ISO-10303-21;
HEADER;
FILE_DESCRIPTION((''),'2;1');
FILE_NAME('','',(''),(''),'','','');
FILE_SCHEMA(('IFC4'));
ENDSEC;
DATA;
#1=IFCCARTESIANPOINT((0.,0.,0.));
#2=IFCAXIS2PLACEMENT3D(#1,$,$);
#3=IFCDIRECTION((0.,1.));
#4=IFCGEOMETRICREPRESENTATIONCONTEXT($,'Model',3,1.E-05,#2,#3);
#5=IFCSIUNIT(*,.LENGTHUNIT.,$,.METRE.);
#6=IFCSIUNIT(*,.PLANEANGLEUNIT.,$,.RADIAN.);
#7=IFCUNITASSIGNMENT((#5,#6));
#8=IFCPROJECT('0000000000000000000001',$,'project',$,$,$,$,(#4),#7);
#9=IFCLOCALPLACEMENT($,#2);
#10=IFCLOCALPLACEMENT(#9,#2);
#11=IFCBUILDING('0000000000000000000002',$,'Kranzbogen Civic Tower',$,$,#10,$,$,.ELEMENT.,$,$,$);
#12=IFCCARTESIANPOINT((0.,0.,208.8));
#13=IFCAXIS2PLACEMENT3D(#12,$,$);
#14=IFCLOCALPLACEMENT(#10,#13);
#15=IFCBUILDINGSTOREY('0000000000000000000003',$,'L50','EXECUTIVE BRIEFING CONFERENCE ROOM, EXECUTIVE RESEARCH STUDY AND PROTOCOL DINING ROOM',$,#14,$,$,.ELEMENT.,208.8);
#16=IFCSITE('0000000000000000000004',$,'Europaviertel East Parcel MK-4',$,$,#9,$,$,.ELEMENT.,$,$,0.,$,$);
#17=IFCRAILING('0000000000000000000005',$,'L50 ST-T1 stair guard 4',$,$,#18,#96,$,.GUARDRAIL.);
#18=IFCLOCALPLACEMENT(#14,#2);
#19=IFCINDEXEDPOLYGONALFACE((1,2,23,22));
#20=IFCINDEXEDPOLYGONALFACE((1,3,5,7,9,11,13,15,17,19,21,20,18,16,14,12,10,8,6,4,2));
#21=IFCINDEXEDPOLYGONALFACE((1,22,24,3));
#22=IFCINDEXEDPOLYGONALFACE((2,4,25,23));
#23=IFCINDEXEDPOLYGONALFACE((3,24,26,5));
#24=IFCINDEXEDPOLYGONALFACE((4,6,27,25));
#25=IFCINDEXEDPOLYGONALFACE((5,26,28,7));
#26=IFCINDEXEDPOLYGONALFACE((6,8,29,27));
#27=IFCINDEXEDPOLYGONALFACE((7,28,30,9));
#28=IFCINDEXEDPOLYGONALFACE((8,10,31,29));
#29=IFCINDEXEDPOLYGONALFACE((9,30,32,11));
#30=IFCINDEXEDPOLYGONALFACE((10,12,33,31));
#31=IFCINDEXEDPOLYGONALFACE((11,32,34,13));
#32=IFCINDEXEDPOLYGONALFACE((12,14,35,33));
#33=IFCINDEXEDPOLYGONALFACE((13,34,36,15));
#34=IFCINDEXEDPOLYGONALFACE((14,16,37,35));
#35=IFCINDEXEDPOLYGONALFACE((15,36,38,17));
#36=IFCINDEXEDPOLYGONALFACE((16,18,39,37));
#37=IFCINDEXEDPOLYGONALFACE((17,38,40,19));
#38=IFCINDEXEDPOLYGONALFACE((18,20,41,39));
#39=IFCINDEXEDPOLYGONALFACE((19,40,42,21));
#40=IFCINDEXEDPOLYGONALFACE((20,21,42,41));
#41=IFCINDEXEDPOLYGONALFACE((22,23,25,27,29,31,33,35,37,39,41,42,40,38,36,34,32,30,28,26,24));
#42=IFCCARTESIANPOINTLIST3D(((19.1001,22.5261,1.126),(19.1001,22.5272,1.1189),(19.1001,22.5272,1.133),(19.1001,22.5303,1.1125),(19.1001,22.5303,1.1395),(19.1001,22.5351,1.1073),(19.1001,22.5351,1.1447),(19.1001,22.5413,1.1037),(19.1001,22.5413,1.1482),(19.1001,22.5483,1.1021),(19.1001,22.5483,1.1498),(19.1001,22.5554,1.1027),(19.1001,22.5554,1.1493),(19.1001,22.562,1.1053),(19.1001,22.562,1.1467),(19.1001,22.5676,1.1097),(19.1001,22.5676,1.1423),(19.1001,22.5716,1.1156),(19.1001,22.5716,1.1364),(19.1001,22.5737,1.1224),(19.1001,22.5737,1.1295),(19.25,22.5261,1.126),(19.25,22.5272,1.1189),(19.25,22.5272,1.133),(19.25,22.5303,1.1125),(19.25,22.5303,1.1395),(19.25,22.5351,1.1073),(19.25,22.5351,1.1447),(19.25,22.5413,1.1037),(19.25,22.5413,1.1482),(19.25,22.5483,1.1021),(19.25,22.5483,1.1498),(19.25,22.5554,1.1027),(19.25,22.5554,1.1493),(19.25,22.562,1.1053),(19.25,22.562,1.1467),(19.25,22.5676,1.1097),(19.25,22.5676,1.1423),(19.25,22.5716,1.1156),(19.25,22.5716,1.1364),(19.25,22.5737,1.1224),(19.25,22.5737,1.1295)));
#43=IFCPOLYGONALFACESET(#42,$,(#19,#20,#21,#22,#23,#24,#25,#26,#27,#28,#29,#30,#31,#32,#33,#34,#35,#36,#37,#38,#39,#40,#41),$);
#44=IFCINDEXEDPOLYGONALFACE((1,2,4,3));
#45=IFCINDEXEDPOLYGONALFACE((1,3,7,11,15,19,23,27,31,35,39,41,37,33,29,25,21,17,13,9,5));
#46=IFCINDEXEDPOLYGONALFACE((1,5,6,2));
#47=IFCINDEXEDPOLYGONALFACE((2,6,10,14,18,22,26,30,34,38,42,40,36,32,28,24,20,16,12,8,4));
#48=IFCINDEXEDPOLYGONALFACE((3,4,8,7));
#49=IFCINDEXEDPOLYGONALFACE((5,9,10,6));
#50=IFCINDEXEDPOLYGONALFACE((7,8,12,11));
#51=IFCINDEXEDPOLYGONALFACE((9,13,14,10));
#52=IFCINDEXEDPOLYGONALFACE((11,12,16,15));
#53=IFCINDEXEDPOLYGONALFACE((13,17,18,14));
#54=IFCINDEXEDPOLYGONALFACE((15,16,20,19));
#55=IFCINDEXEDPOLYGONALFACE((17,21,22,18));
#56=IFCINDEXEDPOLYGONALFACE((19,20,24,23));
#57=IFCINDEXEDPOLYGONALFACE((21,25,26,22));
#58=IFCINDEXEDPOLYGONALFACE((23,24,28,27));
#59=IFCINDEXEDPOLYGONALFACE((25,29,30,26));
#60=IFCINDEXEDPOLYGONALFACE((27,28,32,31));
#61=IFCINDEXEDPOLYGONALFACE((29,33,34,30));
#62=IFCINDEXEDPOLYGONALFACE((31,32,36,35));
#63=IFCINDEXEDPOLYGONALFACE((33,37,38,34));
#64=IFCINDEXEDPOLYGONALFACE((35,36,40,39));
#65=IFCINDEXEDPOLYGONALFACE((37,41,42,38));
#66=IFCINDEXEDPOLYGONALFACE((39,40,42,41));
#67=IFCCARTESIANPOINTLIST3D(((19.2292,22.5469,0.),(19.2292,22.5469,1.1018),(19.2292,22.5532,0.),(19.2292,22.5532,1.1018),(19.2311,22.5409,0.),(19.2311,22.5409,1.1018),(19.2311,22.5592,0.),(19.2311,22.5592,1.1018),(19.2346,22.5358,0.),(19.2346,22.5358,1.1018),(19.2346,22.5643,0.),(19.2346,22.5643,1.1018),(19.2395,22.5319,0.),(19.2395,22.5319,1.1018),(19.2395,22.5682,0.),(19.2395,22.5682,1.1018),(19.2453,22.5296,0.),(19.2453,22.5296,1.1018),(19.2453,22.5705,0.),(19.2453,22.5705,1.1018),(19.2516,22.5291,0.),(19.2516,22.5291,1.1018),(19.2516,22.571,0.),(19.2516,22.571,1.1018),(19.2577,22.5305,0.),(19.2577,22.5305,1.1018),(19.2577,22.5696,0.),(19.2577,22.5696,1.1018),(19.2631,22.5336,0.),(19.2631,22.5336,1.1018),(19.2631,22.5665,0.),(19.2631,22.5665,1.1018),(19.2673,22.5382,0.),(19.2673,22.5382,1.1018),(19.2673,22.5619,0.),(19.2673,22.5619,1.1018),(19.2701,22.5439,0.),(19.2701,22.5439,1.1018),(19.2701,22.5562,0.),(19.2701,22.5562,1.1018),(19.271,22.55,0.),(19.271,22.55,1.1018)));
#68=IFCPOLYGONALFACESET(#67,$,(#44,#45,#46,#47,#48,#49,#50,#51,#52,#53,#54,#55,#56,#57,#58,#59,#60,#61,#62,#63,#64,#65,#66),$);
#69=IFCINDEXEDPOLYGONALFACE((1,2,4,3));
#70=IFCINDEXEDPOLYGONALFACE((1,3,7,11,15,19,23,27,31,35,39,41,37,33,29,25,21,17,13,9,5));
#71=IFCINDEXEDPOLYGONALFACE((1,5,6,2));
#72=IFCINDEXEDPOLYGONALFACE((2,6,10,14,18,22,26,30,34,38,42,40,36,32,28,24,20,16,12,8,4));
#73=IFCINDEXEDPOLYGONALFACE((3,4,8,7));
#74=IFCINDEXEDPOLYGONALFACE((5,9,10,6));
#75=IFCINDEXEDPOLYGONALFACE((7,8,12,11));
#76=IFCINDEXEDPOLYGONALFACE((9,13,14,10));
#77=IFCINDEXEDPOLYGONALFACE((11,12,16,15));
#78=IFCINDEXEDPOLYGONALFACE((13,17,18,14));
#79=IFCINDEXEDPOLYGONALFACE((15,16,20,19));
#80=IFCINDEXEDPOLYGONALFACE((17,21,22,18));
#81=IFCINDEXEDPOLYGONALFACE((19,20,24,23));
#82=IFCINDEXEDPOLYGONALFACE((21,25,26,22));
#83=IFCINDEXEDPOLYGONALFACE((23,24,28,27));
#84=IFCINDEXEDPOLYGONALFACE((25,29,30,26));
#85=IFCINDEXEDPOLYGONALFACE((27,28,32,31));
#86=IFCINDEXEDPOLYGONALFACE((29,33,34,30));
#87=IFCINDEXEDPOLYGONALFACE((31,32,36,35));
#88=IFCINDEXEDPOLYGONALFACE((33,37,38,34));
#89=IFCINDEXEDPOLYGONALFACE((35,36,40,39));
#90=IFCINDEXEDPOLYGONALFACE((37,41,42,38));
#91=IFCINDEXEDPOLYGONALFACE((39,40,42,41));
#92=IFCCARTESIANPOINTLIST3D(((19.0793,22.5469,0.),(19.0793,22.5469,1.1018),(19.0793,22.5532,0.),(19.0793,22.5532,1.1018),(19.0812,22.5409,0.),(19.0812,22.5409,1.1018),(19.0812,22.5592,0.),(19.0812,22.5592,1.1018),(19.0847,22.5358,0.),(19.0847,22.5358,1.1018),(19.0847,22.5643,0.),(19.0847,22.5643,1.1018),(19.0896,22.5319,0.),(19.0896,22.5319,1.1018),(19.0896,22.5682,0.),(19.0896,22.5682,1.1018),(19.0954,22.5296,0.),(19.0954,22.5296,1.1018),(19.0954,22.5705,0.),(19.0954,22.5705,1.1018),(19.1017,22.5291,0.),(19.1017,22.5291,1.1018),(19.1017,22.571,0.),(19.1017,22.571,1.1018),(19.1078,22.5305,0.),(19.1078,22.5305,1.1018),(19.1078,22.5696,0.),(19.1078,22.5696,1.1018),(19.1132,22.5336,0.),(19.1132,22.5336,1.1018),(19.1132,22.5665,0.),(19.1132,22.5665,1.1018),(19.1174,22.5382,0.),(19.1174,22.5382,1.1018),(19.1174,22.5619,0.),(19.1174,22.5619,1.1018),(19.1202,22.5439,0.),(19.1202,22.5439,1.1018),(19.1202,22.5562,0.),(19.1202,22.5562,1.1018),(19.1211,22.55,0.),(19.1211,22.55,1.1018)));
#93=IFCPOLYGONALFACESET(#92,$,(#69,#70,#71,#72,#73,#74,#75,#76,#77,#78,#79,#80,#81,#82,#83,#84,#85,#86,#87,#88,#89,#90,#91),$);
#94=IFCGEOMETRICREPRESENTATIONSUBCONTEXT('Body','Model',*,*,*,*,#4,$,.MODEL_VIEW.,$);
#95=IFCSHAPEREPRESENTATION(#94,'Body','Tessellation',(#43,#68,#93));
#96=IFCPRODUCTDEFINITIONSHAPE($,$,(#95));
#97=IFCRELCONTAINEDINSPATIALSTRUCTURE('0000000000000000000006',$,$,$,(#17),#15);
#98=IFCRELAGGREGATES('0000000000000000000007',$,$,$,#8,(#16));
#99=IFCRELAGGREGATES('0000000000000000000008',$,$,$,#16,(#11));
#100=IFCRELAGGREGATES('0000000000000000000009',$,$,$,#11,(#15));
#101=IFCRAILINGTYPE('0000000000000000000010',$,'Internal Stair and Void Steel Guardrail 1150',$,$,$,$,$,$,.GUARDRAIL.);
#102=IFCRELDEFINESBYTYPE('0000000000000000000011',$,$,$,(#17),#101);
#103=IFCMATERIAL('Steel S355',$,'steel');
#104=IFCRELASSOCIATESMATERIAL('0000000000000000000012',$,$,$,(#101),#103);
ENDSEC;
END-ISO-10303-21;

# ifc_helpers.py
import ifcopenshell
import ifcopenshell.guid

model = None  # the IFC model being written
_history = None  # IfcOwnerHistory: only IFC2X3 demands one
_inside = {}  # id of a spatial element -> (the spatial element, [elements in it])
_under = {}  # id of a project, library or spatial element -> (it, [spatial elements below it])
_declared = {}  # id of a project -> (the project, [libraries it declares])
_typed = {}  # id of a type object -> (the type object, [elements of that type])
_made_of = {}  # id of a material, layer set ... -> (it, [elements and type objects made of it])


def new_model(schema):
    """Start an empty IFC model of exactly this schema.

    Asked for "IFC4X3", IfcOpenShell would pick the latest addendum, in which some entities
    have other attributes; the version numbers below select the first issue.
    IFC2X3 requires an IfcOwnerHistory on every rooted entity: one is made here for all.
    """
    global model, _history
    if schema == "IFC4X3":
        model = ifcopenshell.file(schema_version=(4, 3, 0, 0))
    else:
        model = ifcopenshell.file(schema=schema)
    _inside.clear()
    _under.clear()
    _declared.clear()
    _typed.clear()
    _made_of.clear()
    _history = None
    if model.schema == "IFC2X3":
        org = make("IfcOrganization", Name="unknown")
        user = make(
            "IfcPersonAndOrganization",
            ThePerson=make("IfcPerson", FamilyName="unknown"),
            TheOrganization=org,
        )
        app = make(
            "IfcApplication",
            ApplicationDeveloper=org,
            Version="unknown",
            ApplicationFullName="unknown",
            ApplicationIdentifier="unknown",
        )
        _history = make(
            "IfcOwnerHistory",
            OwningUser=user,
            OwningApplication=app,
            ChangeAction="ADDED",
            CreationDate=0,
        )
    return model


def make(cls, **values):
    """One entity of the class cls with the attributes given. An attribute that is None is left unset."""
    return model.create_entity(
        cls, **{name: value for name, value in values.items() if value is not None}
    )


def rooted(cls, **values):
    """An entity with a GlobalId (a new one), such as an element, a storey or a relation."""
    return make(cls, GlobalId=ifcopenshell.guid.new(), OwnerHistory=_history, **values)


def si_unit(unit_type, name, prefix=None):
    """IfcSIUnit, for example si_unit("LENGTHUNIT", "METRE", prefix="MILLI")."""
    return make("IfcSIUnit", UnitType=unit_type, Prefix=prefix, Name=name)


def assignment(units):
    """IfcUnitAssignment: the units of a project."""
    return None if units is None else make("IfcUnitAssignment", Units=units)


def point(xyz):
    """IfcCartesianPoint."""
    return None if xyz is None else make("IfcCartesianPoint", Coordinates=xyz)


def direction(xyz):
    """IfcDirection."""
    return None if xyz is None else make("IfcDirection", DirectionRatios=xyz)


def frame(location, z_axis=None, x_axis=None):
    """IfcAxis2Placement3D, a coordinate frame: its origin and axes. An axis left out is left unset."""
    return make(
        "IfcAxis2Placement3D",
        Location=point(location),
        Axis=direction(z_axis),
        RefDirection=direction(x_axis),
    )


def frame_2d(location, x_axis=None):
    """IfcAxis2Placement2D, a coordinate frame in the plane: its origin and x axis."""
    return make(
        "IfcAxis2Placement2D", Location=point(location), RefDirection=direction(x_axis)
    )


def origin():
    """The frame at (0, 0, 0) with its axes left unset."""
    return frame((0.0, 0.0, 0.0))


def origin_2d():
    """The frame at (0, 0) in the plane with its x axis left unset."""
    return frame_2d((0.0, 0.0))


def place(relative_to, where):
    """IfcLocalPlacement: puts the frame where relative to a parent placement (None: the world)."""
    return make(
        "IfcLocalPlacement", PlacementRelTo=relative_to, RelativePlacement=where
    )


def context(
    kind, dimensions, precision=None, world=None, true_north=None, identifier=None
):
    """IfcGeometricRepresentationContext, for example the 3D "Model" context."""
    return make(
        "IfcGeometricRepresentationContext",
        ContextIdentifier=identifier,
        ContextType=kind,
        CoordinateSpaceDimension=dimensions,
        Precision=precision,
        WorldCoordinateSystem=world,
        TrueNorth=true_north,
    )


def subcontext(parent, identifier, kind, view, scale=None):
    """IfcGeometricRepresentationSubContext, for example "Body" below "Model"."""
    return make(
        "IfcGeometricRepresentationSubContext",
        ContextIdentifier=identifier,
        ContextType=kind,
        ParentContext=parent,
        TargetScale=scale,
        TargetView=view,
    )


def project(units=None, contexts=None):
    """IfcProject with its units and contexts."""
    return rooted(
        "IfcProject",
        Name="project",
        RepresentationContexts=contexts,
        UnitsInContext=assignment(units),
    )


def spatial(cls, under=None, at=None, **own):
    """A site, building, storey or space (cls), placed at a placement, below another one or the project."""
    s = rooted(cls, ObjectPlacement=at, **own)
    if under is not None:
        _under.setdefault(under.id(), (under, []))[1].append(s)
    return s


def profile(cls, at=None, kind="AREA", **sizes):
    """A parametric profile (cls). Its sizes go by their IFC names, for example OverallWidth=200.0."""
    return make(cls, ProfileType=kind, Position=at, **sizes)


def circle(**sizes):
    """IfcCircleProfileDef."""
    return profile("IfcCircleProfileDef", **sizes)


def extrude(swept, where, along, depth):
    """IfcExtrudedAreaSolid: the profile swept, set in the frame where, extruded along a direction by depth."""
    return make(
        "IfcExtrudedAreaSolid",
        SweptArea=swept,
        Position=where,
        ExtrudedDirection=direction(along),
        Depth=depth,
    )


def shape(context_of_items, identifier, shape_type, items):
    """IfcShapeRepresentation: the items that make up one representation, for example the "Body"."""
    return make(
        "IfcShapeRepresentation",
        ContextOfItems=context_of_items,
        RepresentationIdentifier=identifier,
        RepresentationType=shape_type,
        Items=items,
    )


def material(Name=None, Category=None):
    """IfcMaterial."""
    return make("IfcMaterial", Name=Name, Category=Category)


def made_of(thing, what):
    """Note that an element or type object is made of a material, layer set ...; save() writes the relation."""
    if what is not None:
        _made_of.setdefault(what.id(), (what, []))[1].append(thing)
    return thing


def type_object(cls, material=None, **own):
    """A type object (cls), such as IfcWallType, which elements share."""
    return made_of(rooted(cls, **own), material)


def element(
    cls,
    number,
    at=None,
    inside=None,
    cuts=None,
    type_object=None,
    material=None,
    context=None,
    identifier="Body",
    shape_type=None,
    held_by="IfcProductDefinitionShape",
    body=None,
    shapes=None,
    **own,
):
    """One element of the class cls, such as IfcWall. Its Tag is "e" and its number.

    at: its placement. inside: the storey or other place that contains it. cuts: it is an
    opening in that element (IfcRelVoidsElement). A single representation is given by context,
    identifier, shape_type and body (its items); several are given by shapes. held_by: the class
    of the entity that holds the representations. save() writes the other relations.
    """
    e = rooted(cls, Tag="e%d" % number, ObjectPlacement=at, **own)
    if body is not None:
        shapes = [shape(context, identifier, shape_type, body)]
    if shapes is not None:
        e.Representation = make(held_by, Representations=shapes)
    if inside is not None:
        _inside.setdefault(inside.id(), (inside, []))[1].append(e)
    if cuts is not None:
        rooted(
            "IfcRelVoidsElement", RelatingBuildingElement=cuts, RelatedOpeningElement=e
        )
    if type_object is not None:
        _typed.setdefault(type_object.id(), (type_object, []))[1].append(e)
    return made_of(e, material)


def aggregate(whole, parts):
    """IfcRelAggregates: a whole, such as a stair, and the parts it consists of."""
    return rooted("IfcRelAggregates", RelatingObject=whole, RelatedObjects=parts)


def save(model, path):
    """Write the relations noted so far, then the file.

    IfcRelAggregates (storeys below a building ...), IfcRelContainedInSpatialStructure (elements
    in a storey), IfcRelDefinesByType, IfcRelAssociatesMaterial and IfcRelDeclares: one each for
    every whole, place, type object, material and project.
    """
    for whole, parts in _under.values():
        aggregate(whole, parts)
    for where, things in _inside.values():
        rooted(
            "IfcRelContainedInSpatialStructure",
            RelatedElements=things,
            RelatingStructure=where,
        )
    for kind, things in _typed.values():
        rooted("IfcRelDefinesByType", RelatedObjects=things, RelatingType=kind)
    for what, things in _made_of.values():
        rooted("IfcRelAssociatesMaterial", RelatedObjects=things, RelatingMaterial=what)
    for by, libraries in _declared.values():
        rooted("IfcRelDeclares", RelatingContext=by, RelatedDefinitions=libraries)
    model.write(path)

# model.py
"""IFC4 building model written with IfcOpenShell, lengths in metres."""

from ifc_helpers import new_model, si_unit, direction, frame, origin, origin_2d, place, context, subcontext, project, spatial, circle, extrude, material, type_object, element, save


model = new_model("IFC4")

# Units and contexts
model_context = context("Model", 3, precision=1e-05, world=origin(), true_north=direction((0.0, 1.0)))
body_context = subcontext(model_context, "Body", "Model", "MODEL_VIEW")
ifc_project = project(units=[si_unit("LENGTHUNIT", "METRE"), si_unit("PLANEANGLEUNIT", "RADIAN")], contexts=[model_context])

# Site, building, storey
site_placement = place(None, origin())
site = spatial("IfcSite", under=ifc_project, at=site_placement, Name="Europaviertel East Parcel MK-4", CompositionType="ELEMENT", RefElevation=0.0)
building_placement = place(site_placement, origin())
building = spatial("IfcBuilding", under=site, at=building_placement, Name="Kranzbogen Civic Tower", CompositionType="ELEMENT")
storey_placement = place(building_placement, frame((0.0, 0.0, 208.8)))
storey = spatial("IfcBuildingStorey", under=building, at=storey_placement, Name="L50", Description="EXECUTIVE BRIEFING CONFERENCE ROOM, EXECUTIVE RESEARCH STUDY AND PROTOCOL DINING ROOM", CompositionType="ELEMENT", Elevation=208.8)

# Shared definitions
ifc_material_1 = material(Name="Steel S355", Category="steel")

# Railing
railing_type_1 = type_object("IfcRailingType", Name="Internal Stair and Void Steel Guardrail 1150", PredefinedType="GUARDRAIL", material=ifc_material_1)
railing_1_placement = place(storey_placement, frame((19.25, 22.55, 0.0)))
element("IfcRailing", 1, at=railing_1_placement, inside=storey, type_object=railing_type_1, Name="L50 ST-T1 stair guard 4", PredefinedType="GUARDRAIL", context=body_context, shape_type="SweptSolid", body=[
    extrude(circle(Radius=0.0239, at=origin_2d()), frame((0.0, 0.0, 1.126), z_axis=(-1.0, 0.0, 0.0), x_axis=(0.0, -1.0, 0.0)), (0.0, 0.0, 1.0), 0.1499),
    extrude(circle(Radius=0.021, at=origin_2d()), origin(), (0.0, 0.0, 1.0), 1.1018),
    extrude(circle(Radius=0.021, at=origin_2d()), frame((-0.1499, 0.0, 0.0)), (0.0, 0.0, 1.0), 1.1018),
])

save(model, "model.ifc")
